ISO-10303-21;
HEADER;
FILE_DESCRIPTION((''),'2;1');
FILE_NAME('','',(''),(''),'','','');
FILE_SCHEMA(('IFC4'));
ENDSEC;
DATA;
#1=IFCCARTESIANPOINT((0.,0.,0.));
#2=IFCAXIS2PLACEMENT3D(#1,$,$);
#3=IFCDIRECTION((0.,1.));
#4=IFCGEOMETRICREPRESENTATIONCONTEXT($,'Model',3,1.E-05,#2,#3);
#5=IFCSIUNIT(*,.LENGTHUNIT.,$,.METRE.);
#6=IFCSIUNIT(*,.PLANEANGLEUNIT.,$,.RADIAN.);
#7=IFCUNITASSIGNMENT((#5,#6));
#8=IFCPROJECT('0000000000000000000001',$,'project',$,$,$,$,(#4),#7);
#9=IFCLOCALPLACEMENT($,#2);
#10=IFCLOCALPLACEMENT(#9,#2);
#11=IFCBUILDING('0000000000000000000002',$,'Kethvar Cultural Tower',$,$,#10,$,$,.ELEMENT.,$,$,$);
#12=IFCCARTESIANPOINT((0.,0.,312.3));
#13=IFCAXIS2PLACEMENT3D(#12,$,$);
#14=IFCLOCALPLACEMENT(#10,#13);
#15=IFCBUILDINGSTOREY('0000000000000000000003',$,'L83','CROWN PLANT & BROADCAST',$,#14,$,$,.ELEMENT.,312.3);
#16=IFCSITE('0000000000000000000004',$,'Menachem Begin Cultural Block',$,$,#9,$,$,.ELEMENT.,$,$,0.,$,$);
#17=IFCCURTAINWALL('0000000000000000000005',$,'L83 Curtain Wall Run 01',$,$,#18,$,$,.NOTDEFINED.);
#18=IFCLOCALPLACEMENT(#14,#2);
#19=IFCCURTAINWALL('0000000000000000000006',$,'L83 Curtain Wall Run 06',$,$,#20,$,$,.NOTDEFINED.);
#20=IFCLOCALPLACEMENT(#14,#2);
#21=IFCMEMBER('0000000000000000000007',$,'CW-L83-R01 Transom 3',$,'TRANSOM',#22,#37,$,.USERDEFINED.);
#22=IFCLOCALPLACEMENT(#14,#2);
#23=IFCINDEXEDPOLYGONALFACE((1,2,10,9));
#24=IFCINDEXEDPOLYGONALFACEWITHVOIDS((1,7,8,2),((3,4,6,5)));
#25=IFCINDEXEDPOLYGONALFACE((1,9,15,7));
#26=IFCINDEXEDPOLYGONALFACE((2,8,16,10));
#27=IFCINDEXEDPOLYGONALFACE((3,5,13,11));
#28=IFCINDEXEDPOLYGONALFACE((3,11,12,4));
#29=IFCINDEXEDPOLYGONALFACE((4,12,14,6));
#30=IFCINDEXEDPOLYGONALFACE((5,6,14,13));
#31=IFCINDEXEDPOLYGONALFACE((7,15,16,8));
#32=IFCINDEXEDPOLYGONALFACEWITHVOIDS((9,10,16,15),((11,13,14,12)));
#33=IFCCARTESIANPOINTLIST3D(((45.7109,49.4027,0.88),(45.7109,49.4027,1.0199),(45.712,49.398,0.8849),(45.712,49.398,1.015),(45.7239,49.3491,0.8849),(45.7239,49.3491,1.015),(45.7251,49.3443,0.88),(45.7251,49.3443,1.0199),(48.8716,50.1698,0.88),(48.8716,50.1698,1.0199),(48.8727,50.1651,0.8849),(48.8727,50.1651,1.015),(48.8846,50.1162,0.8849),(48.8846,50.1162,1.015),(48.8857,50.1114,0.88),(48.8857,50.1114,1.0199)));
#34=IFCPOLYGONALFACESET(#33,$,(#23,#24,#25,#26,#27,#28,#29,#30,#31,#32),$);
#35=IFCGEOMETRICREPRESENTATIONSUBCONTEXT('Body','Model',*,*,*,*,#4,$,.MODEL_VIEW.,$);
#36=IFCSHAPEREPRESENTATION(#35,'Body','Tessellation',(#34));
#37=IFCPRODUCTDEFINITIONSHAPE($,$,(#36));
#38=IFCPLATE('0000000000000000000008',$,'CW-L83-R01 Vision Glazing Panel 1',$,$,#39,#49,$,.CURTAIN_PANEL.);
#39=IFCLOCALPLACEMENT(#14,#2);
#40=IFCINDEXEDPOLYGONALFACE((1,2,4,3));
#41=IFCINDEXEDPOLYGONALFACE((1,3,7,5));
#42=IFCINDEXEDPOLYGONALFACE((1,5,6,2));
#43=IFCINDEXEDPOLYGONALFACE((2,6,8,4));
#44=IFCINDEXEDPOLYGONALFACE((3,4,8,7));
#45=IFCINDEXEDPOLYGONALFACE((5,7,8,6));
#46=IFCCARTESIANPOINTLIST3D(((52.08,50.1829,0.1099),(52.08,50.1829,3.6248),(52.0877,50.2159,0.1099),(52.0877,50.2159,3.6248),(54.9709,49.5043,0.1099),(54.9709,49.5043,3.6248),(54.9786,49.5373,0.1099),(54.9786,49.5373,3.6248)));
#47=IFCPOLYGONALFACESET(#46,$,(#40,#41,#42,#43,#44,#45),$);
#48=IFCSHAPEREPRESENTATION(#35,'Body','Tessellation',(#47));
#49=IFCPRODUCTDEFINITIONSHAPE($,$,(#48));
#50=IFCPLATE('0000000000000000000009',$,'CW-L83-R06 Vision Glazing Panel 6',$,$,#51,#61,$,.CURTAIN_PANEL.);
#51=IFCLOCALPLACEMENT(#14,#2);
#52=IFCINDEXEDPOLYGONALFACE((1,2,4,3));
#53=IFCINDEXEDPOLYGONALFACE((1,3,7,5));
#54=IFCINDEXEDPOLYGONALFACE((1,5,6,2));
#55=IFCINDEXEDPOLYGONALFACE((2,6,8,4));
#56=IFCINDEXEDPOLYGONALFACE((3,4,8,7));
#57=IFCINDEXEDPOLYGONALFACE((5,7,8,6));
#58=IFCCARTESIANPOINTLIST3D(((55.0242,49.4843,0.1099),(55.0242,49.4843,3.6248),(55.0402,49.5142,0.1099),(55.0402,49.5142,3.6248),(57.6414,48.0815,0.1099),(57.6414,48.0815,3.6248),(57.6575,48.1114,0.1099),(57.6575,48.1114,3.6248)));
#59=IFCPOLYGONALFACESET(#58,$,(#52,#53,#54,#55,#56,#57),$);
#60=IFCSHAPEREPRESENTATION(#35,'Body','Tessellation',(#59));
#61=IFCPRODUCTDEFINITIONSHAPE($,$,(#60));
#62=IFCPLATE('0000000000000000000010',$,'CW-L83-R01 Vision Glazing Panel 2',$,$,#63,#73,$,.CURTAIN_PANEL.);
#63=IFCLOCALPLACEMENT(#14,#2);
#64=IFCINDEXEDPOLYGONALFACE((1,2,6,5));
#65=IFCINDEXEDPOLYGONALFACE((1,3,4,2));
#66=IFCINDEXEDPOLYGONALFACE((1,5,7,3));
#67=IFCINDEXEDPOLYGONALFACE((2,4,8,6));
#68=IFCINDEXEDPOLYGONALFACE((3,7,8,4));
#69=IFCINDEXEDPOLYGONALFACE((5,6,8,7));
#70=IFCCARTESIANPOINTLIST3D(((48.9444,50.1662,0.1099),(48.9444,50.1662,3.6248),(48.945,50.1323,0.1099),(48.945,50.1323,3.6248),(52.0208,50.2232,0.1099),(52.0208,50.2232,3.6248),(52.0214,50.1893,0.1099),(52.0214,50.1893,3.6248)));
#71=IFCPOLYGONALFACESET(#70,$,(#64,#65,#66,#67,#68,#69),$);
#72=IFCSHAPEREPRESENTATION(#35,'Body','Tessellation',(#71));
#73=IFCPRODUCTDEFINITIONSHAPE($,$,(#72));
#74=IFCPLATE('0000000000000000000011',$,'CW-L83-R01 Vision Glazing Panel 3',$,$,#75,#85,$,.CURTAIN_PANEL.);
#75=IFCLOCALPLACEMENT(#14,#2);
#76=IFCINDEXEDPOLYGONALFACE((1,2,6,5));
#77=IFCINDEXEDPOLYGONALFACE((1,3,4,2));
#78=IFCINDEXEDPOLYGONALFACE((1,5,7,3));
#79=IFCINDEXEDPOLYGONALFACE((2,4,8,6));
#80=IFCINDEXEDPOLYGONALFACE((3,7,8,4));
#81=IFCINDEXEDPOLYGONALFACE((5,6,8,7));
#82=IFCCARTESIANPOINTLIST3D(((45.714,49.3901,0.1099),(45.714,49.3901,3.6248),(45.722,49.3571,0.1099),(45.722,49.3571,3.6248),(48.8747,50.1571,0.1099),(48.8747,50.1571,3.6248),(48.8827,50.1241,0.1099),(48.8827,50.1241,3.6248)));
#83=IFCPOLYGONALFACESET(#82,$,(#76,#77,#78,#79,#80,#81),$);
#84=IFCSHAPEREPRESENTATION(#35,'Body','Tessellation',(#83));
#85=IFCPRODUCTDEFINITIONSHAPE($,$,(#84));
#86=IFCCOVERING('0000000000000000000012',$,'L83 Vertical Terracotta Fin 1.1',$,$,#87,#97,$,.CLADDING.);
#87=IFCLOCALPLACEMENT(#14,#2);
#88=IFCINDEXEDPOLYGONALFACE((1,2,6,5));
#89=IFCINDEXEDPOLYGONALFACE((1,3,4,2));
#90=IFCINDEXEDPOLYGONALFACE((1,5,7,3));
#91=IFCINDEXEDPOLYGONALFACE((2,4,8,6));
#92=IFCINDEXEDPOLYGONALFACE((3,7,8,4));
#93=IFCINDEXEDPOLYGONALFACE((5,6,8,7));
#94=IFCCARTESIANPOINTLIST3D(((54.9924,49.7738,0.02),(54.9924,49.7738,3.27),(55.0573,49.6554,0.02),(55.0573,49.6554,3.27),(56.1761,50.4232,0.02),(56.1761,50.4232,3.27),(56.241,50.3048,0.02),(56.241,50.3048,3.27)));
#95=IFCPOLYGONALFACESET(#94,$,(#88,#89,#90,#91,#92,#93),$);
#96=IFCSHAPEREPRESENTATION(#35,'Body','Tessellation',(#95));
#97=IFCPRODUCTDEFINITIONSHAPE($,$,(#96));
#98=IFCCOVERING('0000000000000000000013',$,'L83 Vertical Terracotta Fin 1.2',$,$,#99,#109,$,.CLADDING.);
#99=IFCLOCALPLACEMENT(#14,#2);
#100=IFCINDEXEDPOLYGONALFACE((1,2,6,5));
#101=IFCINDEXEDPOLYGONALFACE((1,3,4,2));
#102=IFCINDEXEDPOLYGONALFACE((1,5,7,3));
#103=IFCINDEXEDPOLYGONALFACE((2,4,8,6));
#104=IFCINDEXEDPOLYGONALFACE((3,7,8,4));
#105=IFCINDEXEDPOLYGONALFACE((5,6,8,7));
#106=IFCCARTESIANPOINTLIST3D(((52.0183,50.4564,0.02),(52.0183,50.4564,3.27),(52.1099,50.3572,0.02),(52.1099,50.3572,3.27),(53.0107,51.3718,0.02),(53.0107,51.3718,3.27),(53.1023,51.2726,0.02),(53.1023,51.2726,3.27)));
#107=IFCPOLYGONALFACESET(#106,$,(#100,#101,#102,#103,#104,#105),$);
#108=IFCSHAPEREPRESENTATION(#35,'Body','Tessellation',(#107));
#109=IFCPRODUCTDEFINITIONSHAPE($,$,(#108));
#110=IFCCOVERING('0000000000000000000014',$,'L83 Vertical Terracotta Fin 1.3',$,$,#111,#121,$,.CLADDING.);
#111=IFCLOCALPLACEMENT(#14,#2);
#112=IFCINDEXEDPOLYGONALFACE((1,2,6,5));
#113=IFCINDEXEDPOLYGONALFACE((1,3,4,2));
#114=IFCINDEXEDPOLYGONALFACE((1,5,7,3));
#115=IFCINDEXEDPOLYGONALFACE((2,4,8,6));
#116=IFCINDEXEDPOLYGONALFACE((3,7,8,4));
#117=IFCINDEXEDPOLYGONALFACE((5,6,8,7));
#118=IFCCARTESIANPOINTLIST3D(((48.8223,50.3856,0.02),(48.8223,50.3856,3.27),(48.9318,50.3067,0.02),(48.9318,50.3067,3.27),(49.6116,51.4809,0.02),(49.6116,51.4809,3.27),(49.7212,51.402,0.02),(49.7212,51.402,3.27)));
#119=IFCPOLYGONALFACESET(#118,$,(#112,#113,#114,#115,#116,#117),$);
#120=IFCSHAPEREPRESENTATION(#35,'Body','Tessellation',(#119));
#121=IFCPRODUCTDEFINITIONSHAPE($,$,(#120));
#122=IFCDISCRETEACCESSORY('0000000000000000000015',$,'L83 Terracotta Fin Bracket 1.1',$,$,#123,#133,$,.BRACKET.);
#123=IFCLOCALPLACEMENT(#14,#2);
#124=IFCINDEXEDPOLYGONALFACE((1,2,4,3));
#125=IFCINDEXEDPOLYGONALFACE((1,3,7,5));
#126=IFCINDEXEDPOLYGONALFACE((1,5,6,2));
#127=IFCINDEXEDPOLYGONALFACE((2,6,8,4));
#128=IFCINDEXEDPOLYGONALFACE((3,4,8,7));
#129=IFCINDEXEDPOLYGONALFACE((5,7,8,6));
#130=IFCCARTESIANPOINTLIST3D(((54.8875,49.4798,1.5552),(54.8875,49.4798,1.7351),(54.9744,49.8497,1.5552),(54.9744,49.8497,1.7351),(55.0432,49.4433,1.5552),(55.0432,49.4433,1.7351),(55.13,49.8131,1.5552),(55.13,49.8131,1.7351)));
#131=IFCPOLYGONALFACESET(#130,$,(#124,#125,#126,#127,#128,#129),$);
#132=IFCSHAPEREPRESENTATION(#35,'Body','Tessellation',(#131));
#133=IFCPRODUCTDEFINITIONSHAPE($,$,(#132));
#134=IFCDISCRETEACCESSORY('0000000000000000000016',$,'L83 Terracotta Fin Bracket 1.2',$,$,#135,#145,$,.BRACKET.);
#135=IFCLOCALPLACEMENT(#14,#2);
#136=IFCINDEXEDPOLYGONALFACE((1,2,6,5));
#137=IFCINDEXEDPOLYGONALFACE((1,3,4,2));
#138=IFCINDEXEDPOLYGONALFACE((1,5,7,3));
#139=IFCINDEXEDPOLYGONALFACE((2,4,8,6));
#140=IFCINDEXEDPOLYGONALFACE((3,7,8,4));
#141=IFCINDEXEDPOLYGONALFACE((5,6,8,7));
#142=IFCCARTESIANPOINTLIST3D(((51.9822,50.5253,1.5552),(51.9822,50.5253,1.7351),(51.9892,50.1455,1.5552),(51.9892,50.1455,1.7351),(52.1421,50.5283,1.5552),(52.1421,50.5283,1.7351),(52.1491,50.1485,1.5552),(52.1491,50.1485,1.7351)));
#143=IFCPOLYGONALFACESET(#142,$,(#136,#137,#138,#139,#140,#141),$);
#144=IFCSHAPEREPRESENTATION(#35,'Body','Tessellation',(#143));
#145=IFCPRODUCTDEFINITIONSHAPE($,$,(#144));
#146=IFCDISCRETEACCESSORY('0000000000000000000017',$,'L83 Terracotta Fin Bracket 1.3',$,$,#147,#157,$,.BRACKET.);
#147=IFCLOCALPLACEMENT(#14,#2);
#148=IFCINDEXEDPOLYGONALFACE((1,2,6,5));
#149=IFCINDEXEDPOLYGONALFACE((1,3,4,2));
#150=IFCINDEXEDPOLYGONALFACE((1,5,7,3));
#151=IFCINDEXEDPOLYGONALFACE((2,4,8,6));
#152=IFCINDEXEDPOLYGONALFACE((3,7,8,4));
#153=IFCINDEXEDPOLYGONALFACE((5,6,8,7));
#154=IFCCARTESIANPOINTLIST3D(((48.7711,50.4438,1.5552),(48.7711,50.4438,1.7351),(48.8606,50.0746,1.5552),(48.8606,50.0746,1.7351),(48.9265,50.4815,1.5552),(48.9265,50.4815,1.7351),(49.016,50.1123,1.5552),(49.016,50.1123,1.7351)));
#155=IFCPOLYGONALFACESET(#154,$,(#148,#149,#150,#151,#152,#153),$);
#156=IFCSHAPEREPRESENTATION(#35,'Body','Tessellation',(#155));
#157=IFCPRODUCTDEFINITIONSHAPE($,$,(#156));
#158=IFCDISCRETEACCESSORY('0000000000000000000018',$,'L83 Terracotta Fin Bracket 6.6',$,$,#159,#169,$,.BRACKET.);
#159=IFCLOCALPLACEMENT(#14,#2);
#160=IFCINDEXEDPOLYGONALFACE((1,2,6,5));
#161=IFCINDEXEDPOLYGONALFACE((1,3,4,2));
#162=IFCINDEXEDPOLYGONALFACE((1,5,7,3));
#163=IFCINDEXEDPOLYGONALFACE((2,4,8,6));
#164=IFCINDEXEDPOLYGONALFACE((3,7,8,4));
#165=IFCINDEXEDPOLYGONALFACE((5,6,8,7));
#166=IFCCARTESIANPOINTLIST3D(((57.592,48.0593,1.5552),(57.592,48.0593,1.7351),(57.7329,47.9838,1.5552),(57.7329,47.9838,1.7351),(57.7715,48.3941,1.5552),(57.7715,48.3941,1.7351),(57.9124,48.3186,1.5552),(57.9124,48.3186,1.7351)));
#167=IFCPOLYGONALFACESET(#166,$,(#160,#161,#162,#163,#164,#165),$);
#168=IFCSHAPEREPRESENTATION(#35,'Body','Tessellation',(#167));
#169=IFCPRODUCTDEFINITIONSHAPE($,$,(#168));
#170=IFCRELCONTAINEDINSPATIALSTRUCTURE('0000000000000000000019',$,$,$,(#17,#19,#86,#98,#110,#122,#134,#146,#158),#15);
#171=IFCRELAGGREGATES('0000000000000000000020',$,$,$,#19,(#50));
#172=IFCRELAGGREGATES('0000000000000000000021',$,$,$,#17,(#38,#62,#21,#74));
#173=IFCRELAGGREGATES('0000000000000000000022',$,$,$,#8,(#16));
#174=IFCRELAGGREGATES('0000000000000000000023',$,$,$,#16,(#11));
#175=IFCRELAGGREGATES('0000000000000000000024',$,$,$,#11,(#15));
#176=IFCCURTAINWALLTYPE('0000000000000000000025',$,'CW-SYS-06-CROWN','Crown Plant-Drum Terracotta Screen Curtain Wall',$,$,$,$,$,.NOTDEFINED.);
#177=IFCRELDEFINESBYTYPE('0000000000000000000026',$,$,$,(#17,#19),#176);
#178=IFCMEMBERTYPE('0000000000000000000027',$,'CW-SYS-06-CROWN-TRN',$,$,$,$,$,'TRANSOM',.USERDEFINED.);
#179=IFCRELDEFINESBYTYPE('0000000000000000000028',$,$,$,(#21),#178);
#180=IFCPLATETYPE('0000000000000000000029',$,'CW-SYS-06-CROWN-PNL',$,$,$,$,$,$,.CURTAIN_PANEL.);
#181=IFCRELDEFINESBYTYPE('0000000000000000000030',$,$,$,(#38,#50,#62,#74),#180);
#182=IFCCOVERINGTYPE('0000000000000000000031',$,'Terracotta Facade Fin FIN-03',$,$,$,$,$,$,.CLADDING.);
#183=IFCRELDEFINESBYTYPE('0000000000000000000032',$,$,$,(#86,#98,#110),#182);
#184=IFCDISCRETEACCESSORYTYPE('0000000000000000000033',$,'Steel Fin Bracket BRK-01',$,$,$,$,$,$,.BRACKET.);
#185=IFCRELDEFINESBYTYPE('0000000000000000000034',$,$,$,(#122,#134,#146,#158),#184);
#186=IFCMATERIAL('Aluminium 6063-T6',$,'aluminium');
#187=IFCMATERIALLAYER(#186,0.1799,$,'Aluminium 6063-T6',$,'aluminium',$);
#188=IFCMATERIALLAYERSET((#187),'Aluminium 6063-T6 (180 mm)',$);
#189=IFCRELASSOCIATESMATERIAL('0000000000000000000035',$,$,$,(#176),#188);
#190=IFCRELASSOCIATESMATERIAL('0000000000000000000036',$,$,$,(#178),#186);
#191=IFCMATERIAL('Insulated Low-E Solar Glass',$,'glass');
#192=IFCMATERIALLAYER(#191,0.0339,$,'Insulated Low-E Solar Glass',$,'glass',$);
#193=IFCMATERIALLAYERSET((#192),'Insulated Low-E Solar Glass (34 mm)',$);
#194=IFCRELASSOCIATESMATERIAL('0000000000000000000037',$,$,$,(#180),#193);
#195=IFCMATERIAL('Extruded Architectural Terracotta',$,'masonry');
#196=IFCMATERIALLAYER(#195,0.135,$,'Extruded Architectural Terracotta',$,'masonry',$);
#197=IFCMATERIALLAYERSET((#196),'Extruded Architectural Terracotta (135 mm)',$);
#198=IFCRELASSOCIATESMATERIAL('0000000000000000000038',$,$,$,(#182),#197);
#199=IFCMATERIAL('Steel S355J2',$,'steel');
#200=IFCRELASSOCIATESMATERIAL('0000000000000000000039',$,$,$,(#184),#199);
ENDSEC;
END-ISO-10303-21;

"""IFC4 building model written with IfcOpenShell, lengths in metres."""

from ifc_helpers import new_model, si_unit, direction, frame, origin, origin_2d, place, context, subcontext, project, spatial, rectangle, hollow_rectangle, extrude, source, transform, mapped, material, layer, layer_set, material_profile, profile_set, type_object, element, aggregate, save


model = new_model("IFC4")

# Units and contexts
model_context = context("Model", 3, precision=1e-05, world=origin(), true_north=direction((0.0, 1.0)))
body_context = subcontext(model_context, "Body", "Model", "MODEL_VIEW")
ifc_project = project(units=[si_unit("LENGTHUNIT", "METRE"), si_unit("PLANEANGLEUNIT", "RADIAN")], contexts=[model_context])

# Site, building, storey
site_placement = place(None, origin())
site = spatial("IfcSite", under=ifc_project, at=site_placement, Name="Menachem Begin Cultural Block", CompositionType="ELEMENT", RefElevation=0.0)
building_placement = place(site_placement, origin())
building = spatial("IfcBuilding", under=site, at=building_placement, Name="Kethvar Cultural Tower", CompositionType="ELEMENT")
storey_placement = place(building_placement, frame((0.0, 0.0, 312.3)))
storey = spatial("IfcBuildingStorey", under=building, at=storey_placement, Name="L83", Description="CROWN PLANT & BROADCAST", CompositionType="ELEMENT", Elevation=312.3)

# Shared definitions
ifc_material_1 = material(Name="Steel S355J2", Category="steel")

# Curtain walls
ifc_material_2 = material(Name="Aluminium 6063-T6", Category="aluminium")
ifc_layer_1 = layer(ifc_material_2, 0.1799, Name="Aluminium 6063-T6", Category="aluminium")
ifc_layer_set_1 = layer_set([ifc_layer_1], Name="Aluminium 6063-T6 (180 mm)")
curtain_wall_type = type_object("IfcCurtainWallType", Name="CW-SYS-06-CROWN", Description="Crown Plant-Drum Terracotta Screen Curtain Wall", PredefinedType="NOTDEFINED", material=ifc_layer_set_1)
curtain_wall_1_placement = place(storey_placement, origin())
curtain_wall_1 = element("IfcCurtainWall", 1, at=curtain_wall_1_placement, inside=storey, type_object=curtain_wall_type, Name="L83 Curtain Wall Run 01", PredefinedType="NOTDEFINED")
curtain_wall_2_placement = place(storey_placement, origin())
curtain_wall_2 = element("IfcCurtainWall", 2, at=curtain_wall_2_placement, inside=storey, type_object=curtain_wall_type, Name="L83 Curtain Wall Run 06", PredefinedType="NOTDEFINED")

# Member
ifc_material_profile_1 = material_profile(ifc_material_2, hollow_rectangle(XDim=0.0601, YDim=0.1399, WallThickness=0.0049, at=origin_2d()), Name="Aluminium 6063-T6 — RHS140x60x5")
ifc_profile_set_1 = profile_set([ifc_material_profile_1], Name="Aluminium 6063-T6 — RHS140x60x5")
member_type_1 = type_object("IfcMemberType", Name="CW-SYS-06-CROWN-TRN", ElementType="TRANSOM", PredefinedType="USERDEFINED", material=ifc_profile_set_1)
shared_shape_1 = source(origin(), body_context, "Body", "SweptSolid", [
    extrude(hollow_rectangle(XDim=0.0601, YDim=0.1399, WallThickness=0.0049, at=origin_2d()), origin(), (0.0, 0.0, 1.0), 3.2524),
])
member_1_placement = place(storey_placement, frame((48.8787, 50.1406, 0.95), z_axis=(-0.971789, -0.235854, 0.0), x_axis=(0.235854, -0.971789, 0.0)))
member_1 = element("IfcMember", 3, at=member_1_placement, type_object=member_type_1, Name="CW-L83-R01 Transom 3", ObjectType="TRANSOM", PredefinedType="USERDEFINED", context=body_context, shape_type="MappedRepresentation", body=[
    mapped(shared_shape_1, transform((0.0, 0.0, 0.0), scale=1.0)),
])

# Plates
ifc_material_3 = material(Name="Insulated Low-E Solar Glass", Category="glass")
ifc_layer_2 = layer(ifc_material_3, 0.0339, Name="Insulated Low-E Solar Glass", Category="glass")
ifc_layer_set_2 = layer_set([ifc_layer_2], Name="Insulated Low-E Solar Glass (34 mm)")
plate_type = type_object("IfcPlateType", Name="CW-SYS-06-CROWN-PNL", PredefinedType="CURTAIN_PANEL", material=ifc_layer_set_2)
shared_shape_2 = source(origin(), body_context, "Body", "SweptSolid", [
    extrude(rectangle(XDim=2.9695, YDim=0.0339, at=origin_2d()), origin(), (0.0, 0.0, 1.0), 3.5149),
])
plate_1_placement = place(storey_placement, frame((53.5293, 49.8601, 0.1099), z_axis=(0.0, 0.0, 1.0), x_axis=(-0.973535, 0.228538, 0.0)))
plate_1 = element("IfcPlate", 4, at=plate_1_placement, type_object=plate_type, Name="CW-L83-R01 Vision Glazing Panel 1", PredefinedType="CURTAIN_PANEL", context=body_context, shape_type="MappedRepresentation", body=[
    mapped(shared_shape_2, transform((0.0, 0.0, 0.0), scale=1.0)),
])
plate_2_placement = place(storey_placement, frame((56.3408, 48.7979, 0.1099), z_axis=(0.0, 0.0, 1.0), x_axis=(-0.881394, 0.472382, 0.0)))
plate_2 = element("IfcPlate", 5, at=plate_2_placement, type_object=plate_type, Name="CW-L83-R06 Vision Glazing Panel 6", PredefinedType="CURTAIN_PANEL", context=body_context, shape_type="MappedRepresentation", body=[
    mapped(shared_shape_2, transform((0.0, 0.0, 0.0), scale=1.0)),
])
aggregate(curtain_wall_2, [plate_2])
shared_shape_3 = source(origin(), body_context, "Body", "SweptSolid", [
    extrude(rectangle(XDim=3.0769, YDim=0.0339, at=origin_2d()), origin(), (0.0, 0.0, 1.0), 3.5149),
])
plate_3_placement = place(storey_placement, frame((50.4829, 50.1777, 0.1099), z_axis=(0.0, 0.0, 1.0), x_axis=(-0.999829, -0.018517, 0.0)))
plate_3 = element("IfcPlate", 6, at=plate_3_placement, type_object=plate_type, Name="CW-L83-R01 Vision Glazing Panel 2", PredefinedType="CURTAIN_PANEL", context=body_context, shape_type="MappedRepresentation", body=[
    mapped(shared_shape_3, transform((0.0, 0.0, 0.0), scale=1.0)),
])
shared_shape_4 = source(origin(), body_context, "Body", "SweptSolid", [
    extrude(rectangle(XDim=3.2524, YDim=0.0339, at=origin_2d()), origin(), (0.0, 0.0, 1.0), 3.5149),
])
plate_4_placement = place(storey_placement, frame((47.2983, 49.7571, 0.1099), z_axis=(0.0, 0.0, 1.0), x_axis=(-0.971797, -0.235821, 0.0)))
plate_4 = element("IfcPlate", 7, at=plate_4_placement, type_object=plate_type, Name="CW-L83-R01 Vision Glazing Panel 3", PredefinedType="CURTAIN_PANEL", context=body_context, shape_type="MappedRepresentation", body=[
    mapped(shared_shape_4, transform((0.0, 0.0, 0.0), scale=1.0)),
])
aggregate(curtain_wall_1, [plate_1, plate_3, member_1, plate_4])

# Coverings
ifc_material_4 = material(Name="Extruded Architectural Terracotta", Category="masonry")
ifc_layer_3 = layer(ifc_material_4, 0.135, Name="Extruded Architectural Terracotta", Category="masonry")
ifc_layer_set_3 = layer_set([ifc_layer_3], Name="Extruded Architectural Terracotta (135 mm)")
covering_type = type_object("IfcCoveringType", Name="Terracotta Facade Fin FIN-03", PredefinedType="CLADDING", material=ifc_layer_set_3)
shared_shape_5 = source(origin(), body_context, "Body", "SweptSolid", [
    extrude(rectangle(XDim=1.3501, YDim=0.135, at=origin_2d()), origin(), (0.0, 0.0, 1.0), 3.25),
])
for number, where, z_axis, x_axis, name in (
    (8, (55.6167, 50.0393, 0.02), (0.0, 0.0, 1.0), (0.876727, 0.480989, 0.0), "L83 Vertical Terracotta Fin 1.1"),
    (9, (52.5603, 50.8645, 0.02), (0.0, 0.0, 1.0), (0.735033, 0.678031, 0.0), "L83 Vertical Terracotta Fin 1.2"),
    (10, (49.2717, 50.8938, 0.02), (0.0, 0.0, 1.0), (0.584675, 0.811268, 0.0), "L83 Vertical Terracotta Fin 1.3"),
):
    element("IfcCovering", number, at=place(storey_placement, frame(where, z_axis=z_axis, x_axis=x_axis)), inside=storey, type_object=covering_type, Name=name, PredefinedType="CLADDING", context=body_context, shape_type="MappedRepresentation", body=[
        mapped(shared_shape_5, transform((0.0, 0.0, 0.0), scale=1.0)),
    ])

# Discrete accessories
discrete_accessory_type = type_object("IfcDiscreteAccessoryType", Name="Steel Fin Bracket BRK-01", PredefinedType="BRACKET", material=ifc_material_1)
shared_shape_6 = source(origin(), body_context, "Body", "SweptSolid", [
    extrude(rectangle(XDim=0.3799, YDim=0.1599, at=origin_2d()), origin(), (0.0, 0.0, 1.0), 0.1799),
])
for number, where, z_axis, x_axis, name in (
    (11, (55.0088, 49.6465, 1.5552), (0.0, 0.0, 1.0), (0.228521, 0.973539, 0.0), "L83 Terracotta Fin Bracket 1.1"),
    (12, (52.0657, 50.3369, 1.5552), (0.0, 0.0, 1.0), (-0.018499, 0.999829, 0.0), "L83 Terracotta Fin Bracket 1.2"),
    (13, (48.8936, 50.2781, 1.5552), (0.0, 0.0, 1.0), (-0.235821, 0.971797, 0.0), "L83 Terracotta Fin Bracket 1.3"),
    (14, (57.7522, 48.189, 1.5552), (0.0, 0.0, 1.0), (0.472397, 0.881386, 0.0), "L83 Terracotta Fin Bracket 6.6"),
):
    element("IfcDiscreteAccessory", number, at=place(storey_placement, frame(where, z_axis=z_axis, x_axis=x_axis)), inside=storey, type_object=discrete_accessory_type, Name=name, PredefinedType="BRACKET", context=body_context, shape_type="MappedRepresentation", body=[
        mapped(shared_shape_6, transform((0.0, 0.0, 0.0), scale=1.0)),
    ])

save(model, "model.ifc")
